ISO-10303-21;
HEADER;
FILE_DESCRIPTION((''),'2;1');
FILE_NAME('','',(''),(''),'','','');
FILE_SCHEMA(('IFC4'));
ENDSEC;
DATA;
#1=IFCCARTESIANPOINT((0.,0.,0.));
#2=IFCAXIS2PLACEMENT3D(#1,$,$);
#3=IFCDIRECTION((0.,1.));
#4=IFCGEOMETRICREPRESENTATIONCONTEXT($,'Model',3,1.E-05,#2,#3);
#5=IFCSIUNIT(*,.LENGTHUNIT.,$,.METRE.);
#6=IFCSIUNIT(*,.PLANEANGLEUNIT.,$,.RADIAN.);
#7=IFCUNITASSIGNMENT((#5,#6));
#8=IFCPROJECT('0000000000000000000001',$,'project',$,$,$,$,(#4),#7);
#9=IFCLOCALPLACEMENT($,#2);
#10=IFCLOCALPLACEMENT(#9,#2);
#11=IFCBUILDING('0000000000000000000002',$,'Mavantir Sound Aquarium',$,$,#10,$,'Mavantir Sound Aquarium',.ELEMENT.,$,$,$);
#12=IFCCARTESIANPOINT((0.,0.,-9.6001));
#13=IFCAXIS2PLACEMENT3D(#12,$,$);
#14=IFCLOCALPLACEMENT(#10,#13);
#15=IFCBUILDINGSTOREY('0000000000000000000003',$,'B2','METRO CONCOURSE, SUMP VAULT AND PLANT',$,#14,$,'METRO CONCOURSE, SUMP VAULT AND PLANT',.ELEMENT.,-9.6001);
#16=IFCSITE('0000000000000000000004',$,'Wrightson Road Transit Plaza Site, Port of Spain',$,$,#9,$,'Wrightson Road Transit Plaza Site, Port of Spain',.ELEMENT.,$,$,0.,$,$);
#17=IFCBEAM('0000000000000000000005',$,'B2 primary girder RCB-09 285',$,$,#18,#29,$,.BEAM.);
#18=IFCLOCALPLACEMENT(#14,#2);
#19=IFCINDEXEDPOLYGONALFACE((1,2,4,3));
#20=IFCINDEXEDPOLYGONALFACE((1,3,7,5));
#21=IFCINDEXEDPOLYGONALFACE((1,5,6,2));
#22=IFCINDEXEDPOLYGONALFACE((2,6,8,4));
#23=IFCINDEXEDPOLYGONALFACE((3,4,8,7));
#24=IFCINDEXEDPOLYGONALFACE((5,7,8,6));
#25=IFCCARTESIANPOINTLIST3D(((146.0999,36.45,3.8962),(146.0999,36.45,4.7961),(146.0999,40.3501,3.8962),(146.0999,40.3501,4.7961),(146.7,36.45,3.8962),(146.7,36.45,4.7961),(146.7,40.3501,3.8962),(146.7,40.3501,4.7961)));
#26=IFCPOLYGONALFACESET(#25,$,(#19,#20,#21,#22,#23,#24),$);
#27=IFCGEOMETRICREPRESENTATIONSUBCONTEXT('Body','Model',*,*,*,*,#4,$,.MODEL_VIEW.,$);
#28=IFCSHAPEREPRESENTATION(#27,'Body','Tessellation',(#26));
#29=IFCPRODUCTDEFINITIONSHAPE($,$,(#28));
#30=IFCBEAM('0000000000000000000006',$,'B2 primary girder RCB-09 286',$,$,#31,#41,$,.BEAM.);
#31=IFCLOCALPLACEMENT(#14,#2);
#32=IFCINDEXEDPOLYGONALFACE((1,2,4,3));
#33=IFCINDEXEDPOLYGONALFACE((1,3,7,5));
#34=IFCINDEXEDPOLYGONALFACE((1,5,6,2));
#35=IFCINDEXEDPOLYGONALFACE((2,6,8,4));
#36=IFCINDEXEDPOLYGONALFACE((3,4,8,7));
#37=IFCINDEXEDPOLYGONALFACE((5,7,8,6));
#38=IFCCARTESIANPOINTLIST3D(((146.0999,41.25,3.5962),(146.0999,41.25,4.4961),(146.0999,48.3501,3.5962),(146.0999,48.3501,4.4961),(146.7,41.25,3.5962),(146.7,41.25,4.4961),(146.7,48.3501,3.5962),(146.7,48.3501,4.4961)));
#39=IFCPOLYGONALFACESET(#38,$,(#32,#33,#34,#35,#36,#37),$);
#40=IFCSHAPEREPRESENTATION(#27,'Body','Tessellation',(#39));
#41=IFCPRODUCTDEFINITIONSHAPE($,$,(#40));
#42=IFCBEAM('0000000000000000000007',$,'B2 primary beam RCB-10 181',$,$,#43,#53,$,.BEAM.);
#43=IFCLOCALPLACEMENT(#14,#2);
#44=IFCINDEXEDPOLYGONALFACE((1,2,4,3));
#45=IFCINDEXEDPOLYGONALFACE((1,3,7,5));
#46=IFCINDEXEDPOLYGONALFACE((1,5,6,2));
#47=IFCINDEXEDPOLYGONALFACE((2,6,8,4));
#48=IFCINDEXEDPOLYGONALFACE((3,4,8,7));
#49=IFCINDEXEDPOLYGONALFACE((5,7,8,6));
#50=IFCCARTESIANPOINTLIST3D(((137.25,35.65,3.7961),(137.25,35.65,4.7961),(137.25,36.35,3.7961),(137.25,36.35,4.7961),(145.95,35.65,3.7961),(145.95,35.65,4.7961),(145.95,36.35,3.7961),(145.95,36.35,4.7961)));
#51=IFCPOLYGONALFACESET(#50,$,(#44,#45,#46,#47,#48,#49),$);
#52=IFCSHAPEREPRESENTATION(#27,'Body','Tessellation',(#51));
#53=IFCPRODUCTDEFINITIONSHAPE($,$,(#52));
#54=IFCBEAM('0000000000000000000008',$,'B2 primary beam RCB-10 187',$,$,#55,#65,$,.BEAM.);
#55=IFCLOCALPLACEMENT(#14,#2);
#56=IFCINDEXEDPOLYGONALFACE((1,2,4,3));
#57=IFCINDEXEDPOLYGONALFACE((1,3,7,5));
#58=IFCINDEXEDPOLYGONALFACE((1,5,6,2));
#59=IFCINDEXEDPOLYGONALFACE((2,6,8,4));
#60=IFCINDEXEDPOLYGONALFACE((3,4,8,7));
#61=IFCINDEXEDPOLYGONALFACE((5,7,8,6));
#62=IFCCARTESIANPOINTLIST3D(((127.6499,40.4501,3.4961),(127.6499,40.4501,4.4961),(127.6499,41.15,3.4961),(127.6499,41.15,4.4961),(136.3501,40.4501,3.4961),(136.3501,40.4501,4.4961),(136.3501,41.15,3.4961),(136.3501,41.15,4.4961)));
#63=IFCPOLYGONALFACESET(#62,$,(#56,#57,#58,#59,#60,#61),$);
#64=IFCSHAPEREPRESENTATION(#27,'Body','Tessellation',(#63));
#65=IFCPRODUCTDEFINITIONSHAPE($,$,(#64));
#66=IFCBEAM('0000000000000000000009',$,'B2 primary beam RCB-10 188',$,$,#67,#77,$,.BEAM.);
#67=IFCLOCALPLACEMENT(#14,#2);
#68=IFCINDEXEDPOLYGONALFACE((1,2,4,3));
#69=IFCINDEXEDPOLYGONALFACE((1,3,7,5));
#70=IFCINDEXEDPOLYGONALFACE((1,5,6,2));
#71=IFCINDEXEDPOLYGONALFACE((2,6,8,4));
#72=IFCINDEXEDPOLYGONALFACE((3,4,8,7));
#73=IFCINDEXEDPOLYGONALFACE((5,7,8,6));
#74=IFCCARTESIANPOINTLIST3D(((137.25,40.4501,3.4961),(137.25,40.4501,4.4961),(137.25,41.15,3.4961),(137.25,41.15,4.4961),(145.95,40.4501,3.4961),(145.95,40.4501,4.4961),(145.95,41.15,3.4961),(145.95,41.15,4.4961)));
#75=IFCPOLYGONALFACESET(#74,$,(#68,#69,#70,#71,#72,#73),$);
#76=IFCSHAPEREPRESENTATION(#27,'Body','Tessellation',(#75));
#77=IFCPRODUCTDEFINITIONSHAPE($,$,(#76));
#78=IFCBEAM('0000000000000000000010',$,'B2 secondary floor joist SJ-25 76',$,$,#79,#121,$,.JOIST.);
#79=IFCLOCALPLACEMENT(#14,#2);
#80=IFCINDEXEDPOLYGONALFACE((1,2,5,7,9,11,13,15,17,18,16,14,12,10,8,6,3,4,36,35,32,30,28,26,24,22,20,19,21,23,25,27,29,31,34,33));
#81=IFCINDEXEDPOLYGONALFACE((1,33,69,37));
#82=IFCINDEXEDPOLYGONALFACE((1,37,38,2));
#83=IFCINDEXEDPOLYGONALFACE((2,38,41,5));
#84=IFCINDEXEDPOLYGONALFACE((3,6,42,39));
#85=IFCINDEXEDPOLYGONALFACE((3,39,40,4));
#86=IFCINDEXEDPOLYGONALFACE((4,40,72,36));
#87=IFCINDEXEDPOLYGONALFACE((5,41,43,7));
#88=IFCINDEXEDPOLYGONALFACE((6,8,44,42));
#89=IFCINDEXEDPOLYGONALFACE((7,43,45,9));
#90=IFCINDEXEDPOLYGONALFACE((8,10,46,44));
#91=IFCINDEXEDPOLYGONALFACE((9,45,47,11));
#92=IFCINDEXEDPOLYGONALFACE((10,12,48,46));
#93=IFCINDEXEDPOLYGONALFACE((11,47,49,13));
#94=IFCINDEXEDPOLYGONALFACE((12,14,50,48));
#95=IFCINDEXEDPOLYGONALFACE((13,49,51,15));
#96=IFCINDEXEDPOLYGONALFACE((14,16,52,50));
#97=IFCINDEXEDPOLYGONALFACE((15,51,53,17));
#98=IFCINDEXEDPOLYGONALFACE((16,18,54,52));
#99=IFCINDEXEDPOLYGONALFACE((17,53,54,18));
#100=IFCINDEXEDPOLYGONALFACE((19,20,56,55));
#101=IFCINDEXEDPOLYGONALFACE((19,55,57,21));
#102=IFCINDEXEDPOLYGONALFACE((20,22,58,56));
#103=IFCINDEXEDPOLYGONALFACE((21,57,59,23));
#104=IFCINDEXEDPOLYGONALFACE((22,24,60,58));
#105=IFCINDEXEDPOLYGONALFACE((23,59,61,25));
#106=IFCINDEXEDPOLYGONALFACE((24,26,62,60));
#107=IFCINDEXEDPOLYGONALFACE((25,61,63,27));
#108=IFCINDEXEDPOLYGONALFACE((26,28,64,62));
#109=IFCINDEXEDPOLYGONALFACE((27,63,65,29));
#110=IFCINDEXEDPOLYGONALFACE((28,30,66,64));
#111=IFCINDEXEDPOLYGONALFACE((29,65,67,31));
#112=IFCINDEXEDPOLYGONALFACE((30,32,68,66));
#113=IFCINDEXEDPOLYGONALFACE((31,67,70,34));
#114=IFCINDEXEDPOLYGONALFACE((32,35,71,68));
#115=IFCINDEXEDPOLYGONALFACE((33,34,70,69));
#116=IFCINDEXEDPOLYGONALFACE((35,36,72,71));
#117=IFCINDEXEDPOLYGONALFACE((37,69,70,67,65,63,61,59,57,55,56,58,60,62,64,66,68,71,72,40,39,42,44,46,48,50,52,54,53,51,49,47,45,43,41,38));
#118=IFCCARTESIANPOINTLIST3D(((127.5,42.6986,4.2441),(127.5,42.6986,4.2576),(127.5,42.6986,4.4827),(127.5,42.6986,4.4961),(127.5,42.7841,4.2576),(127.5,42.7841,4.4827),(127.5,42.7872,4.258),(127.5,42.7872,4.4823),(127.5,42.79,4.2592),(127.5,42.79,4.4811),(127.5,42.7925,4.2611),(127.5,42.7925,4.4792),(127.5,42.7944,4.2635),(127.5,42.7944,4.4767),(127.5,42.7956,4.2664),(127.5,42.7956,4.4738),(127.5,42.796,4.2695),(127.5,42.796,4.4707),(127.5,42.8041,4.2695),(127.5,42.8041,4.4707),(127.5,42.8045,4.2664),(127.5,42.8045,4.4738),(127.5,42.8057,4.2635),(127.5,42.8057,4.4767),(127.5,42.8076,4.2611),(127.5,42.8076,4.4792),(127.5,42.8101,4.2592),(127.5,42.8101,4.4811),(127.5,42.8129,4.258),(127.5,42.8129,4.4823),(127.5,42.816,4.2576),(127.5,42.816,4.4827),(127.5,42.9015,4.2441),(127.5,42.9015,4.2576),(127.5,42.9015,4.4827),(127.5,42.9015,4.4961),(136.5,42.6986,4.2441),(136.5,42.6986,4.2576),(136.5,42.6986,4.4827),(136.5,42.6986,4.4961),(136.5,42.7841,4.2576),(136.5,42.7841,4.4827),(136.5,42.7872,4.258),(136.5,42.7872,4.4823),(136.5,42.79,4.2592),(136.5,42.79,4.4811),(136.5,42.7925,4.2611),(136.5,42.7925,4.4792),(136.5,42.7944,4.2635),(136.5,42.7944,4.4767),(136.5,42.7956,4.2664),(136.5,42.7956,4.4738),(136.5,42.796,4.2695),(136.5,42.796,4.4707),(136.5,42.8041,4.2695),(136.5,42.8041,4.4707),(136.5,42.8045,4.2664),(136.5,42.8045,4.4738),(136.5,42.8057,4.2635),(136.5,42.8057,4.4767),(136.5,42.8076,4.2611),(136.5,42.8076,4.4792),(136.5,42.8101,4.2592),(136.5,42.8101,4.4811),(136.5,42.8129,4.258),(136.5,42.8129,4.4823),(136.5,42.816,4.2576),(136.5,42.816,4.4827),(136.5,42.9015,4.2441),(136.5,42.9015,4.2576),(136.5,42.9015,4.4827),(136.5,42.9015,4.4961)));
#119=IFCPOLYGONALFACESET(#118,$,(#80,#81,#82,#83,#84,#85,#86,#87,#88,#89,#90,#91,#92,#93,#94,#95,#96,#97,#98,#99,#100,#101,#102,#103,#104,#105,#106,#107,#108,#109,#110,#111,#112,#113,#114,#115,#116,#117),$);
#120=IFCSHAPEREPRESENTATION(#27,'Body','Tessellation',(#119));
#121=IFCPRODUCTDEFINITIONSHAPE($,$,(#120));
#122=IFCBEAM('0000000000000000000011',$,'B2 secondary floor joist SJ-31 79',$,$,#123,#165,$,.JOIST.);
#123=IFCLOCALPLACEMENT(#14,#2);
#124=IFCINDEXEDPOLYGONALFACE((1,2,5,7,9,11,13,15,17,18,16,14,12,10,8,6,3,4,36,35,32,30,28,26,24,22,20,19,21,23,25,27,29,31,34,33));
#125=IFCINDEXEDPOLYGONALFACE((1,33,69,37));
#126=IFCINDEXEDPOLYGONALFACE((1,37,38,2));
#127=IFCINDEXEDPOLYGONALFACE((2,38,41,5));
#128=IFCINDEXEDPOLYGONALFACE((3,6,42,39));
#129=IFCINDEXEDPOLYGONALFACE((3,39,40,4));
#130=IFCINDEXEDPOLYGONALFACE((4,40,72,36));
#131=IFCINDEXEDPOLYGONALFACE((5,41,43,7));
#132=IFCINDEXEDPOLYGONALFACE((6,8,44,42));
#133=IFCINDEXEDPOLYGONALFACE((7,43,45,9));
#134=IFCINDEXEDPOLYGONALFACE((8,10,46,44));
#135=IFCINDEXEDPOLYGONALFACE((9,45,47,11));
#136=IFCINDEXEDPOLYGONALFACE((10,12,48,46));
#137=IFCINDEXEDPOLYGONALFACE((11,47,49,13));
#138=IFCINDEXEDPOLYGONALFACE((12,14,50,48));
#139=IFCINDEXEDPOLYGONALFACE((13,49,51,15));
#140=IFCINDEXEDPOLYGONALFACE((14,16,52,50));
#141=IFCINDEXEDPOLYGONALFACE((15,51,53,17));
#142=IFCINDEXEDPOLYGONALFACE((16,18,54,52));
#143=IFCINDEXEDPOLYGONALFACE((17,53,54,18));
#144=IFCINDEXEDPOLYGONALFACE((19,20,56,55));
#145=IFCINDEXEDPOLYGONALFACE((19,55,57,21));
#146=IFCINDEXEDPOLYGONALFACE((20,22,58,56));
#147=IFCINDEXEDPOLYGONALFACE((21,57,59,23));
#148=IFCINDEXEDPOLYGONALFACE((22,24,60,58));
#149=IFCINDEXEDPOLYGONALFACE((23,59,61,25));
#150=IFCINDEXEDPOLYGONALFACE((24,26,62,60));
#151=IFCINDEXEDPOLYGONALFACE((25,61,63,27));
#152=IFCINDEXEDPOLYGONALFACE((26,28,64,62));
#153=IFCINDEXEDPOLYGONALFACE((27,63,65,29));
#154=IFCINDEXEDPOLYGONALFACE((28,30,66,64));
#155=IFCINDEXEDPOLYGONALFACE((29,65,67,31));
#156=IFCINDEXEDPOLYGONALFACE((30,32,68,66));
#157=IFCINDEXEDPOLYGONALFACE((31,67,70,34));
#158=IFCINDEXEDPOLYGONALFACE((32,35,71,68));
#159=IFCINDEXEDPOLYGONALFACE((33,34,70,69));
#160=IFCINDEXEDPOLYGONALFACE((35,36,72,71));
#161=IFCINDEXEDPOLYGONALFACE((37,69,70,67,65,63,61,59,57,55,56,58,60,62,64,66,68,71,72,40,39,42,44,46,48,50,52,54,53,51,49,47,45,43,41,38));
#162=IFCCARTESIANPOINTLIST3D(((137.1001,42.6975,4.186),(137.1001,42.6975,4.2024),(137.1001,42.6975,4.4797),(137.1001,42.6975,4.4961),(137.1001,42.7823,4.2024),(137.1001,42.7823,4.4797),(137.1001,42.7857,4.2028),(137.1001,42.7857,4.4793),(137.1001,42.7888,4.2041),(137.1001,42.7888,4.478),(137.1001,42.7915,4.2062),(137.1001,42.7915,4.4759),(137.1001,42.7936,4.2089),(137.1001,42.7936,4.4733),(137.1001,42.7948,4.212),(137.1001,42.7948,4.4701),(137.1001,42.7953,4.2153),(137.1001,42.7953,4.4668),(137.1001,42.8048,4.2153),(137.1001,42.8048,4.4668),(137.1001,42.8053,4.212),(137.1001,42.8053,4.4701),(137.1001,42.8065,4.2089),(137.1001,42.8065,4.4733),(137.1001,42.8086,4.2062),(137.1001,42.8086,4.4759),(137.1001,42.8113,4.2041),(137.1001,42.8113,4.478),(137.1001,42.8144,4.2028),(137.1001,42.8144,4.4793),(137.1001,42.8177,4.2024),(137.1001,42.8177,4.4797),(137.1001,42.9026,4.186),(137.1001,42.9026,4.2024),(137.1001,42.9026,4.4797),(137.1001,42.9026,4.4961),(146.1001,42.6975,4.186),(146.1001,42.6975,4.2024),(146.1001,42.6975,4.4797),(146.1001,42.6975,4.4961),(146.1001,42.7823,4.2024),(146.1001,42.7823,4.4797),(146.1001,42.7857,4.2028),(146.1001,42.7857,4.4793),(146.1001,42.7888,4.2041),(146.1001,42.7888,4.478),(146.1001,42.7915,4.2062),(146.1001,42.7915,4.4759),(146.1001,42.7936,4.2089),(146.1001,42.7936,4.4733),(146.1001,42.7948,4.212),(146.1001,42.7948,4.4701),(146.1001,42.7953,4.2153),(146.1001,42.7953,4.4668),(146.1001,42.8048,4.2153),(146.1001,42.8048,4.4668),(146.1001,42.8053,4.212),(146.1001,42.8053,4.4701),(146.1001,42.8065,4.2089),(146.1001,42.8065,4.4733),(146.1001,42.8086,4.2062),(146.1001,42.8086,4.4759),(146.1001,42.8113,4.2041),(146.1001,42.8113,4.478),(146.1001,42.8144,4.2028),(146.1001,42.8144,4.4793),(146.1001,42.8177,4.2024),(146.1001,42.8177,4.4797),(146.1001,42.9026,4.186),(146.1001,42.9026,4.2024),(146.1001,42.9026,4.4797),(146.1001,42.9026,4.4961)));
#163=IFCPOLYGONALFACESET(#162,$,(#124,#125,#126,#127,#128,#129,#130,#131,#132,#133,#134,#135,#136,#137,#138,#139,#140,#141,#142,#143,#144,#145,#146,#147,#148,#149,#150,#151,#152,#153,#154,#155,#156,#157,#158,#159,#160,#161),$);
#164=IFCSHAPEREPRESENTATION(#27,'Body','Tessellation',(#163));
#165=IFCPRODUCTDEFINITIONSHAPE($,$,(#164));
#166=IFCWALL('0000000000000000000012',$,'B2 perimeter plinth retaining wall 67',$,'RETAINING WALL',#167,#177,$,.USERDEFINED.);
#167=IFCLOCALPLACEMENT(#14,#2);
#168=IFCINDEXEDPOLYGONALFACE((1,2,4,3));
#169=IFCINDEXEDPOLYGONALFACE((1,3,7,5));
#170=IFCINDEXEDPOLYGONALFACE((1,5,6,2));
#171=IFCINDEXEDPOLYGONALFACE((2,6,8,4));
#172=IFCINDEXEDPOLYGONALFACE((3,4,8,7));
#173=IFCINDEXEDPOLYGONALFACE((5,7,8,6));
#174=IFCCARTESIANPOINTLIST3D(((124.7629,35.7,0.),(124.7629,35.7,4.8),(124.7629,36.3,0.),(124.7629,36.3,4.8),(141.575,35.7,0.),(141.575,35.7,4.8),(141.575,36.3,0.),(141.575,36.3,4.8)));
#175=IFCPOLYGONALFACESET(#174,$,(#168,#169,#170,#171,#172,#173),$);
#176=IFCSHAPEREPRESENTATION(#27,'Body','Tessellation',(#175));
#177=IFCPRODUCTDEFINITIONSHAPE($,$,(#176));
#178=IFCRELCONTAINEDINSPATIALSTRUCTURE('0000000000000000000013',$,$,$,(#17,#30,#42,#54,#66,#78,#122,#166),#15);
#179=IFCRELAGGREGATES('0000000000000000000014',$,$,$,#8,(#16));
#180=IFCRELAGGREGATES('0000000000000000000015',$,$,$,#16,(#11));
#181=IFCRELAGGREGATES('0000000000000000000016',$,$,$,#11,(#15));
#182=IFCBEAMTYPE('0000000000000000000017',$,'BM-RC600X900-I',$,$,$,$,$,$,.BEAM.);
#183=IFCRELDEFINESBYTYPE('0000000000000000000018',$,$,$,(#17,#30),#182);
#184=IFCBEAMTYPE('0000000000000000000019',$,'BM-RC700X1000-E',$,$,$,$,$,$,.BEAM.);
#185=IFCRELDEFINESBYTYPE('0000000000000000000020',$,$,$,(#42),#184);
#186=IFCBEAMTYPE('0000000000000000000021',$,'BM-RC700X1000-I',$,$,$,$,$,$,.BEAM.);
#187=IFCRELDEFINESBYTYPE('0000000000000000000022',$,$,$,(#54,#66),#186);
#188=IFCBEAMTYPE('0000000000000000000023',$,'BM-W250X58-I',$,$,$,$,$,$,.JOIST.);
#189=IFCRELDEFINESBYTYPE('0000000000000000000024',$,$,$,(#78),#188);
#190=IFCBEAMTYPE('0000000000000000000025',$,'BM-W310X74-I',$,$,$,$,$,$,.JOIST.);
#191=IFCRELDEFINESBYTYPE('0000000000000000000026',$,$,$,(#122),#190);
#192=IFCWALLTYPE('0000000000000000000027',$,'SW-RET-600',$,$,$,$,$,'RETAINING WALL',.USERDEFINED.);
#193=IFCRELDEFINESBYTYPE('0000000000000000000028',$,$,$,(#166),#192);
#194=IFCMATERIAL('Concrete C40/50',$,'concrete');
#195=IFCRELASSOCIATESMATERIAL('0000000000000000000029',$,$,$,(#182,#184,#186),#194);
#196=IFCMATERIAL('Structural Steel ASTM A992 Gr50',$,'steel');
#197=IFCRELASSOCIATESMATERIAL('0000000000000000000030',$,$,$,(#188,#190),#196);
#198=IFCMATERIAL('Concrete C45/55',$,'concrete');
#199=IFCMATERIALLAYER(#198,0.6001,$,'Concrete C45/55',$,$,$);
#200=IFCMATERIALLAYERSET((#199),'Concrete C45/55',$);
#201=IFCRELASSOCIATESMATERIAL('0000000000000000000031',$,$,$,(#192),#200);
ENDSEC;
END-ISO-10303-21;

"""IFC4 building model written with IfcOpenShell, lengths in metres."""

from ifc_helpers import new_model, si_unit, direction, frame, frame_2d, origin, origin_2d, place, context, subcontext, project, spatial, rectangle, i_section, extrude, material, layer, layer_set, material_profile, profile_set, type_object, element, save


model = new_model("IFC4")

# Units and contexts
model_context = context("Model", 3, precision=1e-05, world=origin(), true_north=direction((0.0, 1.0)))
body_context = subcontext(model_context, "Body", "Model", "MODEL_VIEW")
ifc_project = project(units=[si_unit("LENGTHUNIT", "METRE"), si_unit("PLANEANGLEUNIT", "RADIAN")], contexts=[model_context])

# Site, building, storey
site_placement = place(None, origin())
site = spatial("IfcSite", under=ifc_project, at=site_placement, Name="Wrightson Road Transit Plaza Site, Port of Spain", LongName="Wrightson Road Transit Plaza Site, Port of Spain", CompositionType="ELEMENT", RefElevation=0.0)
building_placement = place(site_placement, origin())
building = spatial("IfcBuilding", under=site, at=building_placement, Name="Mavantir Sound Aquarium", LongName="Mavantir Sound Aquarium", CompositionType="ELEMENT")
storey_placement = place(building_placement, frame((0.0, 0.0, -9.6001)))
storey = spatial("IfcBuildingStorey", under=building, at=storey_placement, Name="B2", Description="METRO CONCOURSE, SUMP VAULT AND PLANT", LongName="METRO CONCOURSE, SUMP VAULT AND PLANT", CompositionType="ELEMENT", Elevation=-9.6001)

# Shared definitions
ifc_material_1 = material(Name="Concrete C40/50", Category="concrete")

# Beams
ifc_material_profile_1 = material_profile(ifc_material_1, rectangle(XDim=0.6001, YDim=0.8999, at=origin_2d()), Name="RC 600X900")
ifc_profile_set_1 = profile_set([ifc_material_profile_1], Name="Concrete C40/50")
beam_type_1 = type_object("IfcBeamType", Name="BM-RC600X900-I", PredefinedType="BEAM", material=ifc_profile_set_1)
beam_1_placement = place(storey_placement, frame((146.3999, 36.45, 4.3462), z_axis=(0.0, 1.0, 0.0), x_axis=(-1.0, 0.0, 0.0)))
element("IfcBeam", 1, at=beam_1_placement, inside=storey, type_object=beam_type_1, Name="B2 primary girder RCB-09 285", PredefinedType="BEAM", context=body_context, shape_type="SweptSolid", body=[
    extrude(rectangle(XDim=0.6001, YDim=0.8999, at=origin_2d()), origin(), (0.0, 0.0, 1.0), 3.9001),
])
beam_2_placement = place(storey_placement, frame((146.3999, 41.25, 4.0461), z_axis=(0.0, 1.0, 0.0), x_axis=(-1.0, 0.0, 0.0)))
element("IfcBeam", 2, at=beam_2_placement, inside=storey, type_object=beam_type_1, Name="B2 primary girder RCB-09 286", PredefinedType="BEAM", context=body_context, shape_type="SweptSolid", body=[
    extrude(rectangle(XDim=0.6001, YDim=0.8999, at=origin_2d()), origin(), (0.0, 0.0, 1.0), 7.1001),
])
ifc_material_profile_2 = material_profile(ifc_material_1, rectangle(XDim=0.7, YDim=1.0, at=origin_2d()), Name="RC 700X1000")
ifc_profile_set_2 = profile_set([ifc_material_profile_2], Name="Concrete C40/50")
beam_type_2 = type_object("IfcBeamType", Name="BM-RC700X1000-E", PredefinedType="BEAM", material=ifc_profile_set_2)
beam_3_placement = place(storey_placement, frame((137.25, 36.0, 4.2961), z_axis=(1.0, 0.0, 0.0), x_axis=(0.0, 1.0, 0.0)))
element("IfcBeam", 3, at=beam_3_placement, inside=storey, type_object=beam_type_2, Name="B2 primary beam RCB-10 181", PredefinedType="BEAM", context=body_context, shape_type="SweptSolid", body=[
    extrude(rectangle(XDim=0.7, YDim=1.0, at=origin_2d()), origin(), (0.0, 0.0, 1.0), 8.7),
])
ifc_material_profile_3 = material_profile(ifc_material_1, rectangle(XDim=0.7, YDim=1.0, at=origin_2d()), Name="RC 700X1000")
ifc_profile_set_3 = profile_set([ifc_material_profile_3], Name="Concrete C40/50")
beam_type_3 = type_object("IfcBeamType", Name="BM-RC700X1000-I", PredefinedType="BEAM", material=ifc_profile_set_3)
beam_4_placement = place(storey_placement, frame((127.6499, 40.8, 3.9961), z_axis=(1.0, 0.0, 0.0), x_axis=(0.0, 1.0, 0.0)))
element("IfcBeam", 4, at=beam_4_placement, inside=storey, type_object=beam_type_3, Name="B2 primary beam RCB-10 187", PredefinedType="BEAM", context=body_context, shape_type="SweptSolid", body=[
    extrude(rectangle(XDim=0.7, YDim=1.0, at=origin_2d()), origin(), (0.0, 0.0, 1.0), 8.7002),
])
beam_5_placement = place(storey_placement, frame((137.25, 40.8, 3.9961), z_axis=(1.0, 0.0, 0.0), x_axis=(0.0, 1.0, 0.0)))
element("IfcBeam", 5, at=beam_5_placement, inside=storey, type_object=beam_type_3, Name="B2 primary beam RCB-10 188", PredefinedType="BEAM", context=body_context, shape_type="SweptSolid", body=[
    extrude(rectangle(XDim=0.7, YDim=1.0, at=origin_2d()), origin(), (0.0, 0.0, 1.0), 8.7),
])
ifc_material_2 = material(Name="Structural Steel ASTM A992 Gr50", Category="steel")
ifc_material_profile_4 = material_profile(ifc_material_2, i_section(OverallWidth=0.2029, OverallDepth=0.252, WebThickness=0.0081, FlangeThickness=0.0134, FilletRadius=0.012, at=origin_2d()), Name="W250X58")
ifc_profile_set_4 = profile_set([ifc_material_profile_4], Name="Structural Steel ASTM A992 Gr50")
beam_type_4 = type_object("IfcBeamType", Name="BM-W250X58-I", PredefinedType="JOIST", material=ifc_profile_set_4)
beam_6_placement = place(storey_placement, frame((127.5, 42.8, 4.3701), z_axis=(1.0, 0.0, 0.0), x_axis=(0.0, 1.0, 0.0)))
element("IfcBeam", 6, at=beam_6_placement, inside=storey, type_object=beam_type_4, Name="B2 secondary floor joist SJ-25 76", PredefinedType="JOIST", context=body_context, shape_type="SweptSolid", body=[
    extrude(i_section(OverallWidth=0.2029, OverallDepth=0.252, WebThickness=0.0081, FlangeThickness=0.0134, FilletRadius=0.012, at=origin_2d()), origin(), (0.0, 0.0, 1.0), 9.0),
])
ifc_material_profile_5 = material_profile(ifc_material_2, i_section(OverallWidth=0.2051, OverallDepth=0.3101, WebThickness=0.0095, FlangeThickness=0.0164, FilletRadius=0.0129, at=origin_2d()), Name="W310X74")
ifc_profile_set_5 = profile_set([ifc_material_profile_5], Name="Structural Steel ASTM A992 Gr50")
beam_type_5 = type_object("IfcBeamType", Name="BM-W310X74-I", PredefinedType="JOIST", material=ifc_profile_set_5)
beam_7_placement = place(storey_placement, frame((137.1001, 42.8, 4.3411), z_axis=(1.0, 0.0, 0.0), x_axis=(0.0, 1.0, 0.0)))
element("IfcBeam", 7, at=beam_7_placement, inside=storey, type_object=beam_type_5, Name="B2 secondary floor joist SJ-31 79", PredefinedType="JOIST", context=body_context, shape_type="SweptSolid", body=[
    extrude(i_section(OverallWidth=0.2051, OverallDepth=0.3101, WebThickness=0.0095, FlangeThickness=0.0164, FilletRadius=0.0129, at=origin_2d()), origin(), (0.0, 0.0, 1.0), 9.0),
])

# Wall
ifc_material_3 = material(Name="Concrete C45/55", Category="concrete")
ifc_layer = layer(ifc_material_3, 0.6001, Name="Concrete C45/55")
ifc_layer_set = layer_set([ifc_layer], Name="Concrete C45/55")
wall_type = type_object("IfcWallType", Name="SW-RET-600", ElementType="RETAINING WALL", PredefinedType="USERDEFINED", material=ifc_layer_set)
wall_placement = place(storey_placement, frame((141.575, 36.0, 0.0), z_axis=(0.0, 0.0, 1.0), x_axis=(-1.0, 0.0, 0.0)))
element("IfcWall", 8, at=wall_placement, inside=storey, type_object=wall_type, Name="B2 perimeter plinth retaining wall 67", ObjectType="RETAINING WALL", PredefinedType="USERDEFINED", context=body_context, shape_type="SweptSolid", body=[
    extrude(rectangle(XDim=16.812, YDim=0.6001, at=frame_2d((8.406, 0.0))), origin(), (0.0, 0.0, 1.0), 4.8),
])

save(model, "model.ifc")
